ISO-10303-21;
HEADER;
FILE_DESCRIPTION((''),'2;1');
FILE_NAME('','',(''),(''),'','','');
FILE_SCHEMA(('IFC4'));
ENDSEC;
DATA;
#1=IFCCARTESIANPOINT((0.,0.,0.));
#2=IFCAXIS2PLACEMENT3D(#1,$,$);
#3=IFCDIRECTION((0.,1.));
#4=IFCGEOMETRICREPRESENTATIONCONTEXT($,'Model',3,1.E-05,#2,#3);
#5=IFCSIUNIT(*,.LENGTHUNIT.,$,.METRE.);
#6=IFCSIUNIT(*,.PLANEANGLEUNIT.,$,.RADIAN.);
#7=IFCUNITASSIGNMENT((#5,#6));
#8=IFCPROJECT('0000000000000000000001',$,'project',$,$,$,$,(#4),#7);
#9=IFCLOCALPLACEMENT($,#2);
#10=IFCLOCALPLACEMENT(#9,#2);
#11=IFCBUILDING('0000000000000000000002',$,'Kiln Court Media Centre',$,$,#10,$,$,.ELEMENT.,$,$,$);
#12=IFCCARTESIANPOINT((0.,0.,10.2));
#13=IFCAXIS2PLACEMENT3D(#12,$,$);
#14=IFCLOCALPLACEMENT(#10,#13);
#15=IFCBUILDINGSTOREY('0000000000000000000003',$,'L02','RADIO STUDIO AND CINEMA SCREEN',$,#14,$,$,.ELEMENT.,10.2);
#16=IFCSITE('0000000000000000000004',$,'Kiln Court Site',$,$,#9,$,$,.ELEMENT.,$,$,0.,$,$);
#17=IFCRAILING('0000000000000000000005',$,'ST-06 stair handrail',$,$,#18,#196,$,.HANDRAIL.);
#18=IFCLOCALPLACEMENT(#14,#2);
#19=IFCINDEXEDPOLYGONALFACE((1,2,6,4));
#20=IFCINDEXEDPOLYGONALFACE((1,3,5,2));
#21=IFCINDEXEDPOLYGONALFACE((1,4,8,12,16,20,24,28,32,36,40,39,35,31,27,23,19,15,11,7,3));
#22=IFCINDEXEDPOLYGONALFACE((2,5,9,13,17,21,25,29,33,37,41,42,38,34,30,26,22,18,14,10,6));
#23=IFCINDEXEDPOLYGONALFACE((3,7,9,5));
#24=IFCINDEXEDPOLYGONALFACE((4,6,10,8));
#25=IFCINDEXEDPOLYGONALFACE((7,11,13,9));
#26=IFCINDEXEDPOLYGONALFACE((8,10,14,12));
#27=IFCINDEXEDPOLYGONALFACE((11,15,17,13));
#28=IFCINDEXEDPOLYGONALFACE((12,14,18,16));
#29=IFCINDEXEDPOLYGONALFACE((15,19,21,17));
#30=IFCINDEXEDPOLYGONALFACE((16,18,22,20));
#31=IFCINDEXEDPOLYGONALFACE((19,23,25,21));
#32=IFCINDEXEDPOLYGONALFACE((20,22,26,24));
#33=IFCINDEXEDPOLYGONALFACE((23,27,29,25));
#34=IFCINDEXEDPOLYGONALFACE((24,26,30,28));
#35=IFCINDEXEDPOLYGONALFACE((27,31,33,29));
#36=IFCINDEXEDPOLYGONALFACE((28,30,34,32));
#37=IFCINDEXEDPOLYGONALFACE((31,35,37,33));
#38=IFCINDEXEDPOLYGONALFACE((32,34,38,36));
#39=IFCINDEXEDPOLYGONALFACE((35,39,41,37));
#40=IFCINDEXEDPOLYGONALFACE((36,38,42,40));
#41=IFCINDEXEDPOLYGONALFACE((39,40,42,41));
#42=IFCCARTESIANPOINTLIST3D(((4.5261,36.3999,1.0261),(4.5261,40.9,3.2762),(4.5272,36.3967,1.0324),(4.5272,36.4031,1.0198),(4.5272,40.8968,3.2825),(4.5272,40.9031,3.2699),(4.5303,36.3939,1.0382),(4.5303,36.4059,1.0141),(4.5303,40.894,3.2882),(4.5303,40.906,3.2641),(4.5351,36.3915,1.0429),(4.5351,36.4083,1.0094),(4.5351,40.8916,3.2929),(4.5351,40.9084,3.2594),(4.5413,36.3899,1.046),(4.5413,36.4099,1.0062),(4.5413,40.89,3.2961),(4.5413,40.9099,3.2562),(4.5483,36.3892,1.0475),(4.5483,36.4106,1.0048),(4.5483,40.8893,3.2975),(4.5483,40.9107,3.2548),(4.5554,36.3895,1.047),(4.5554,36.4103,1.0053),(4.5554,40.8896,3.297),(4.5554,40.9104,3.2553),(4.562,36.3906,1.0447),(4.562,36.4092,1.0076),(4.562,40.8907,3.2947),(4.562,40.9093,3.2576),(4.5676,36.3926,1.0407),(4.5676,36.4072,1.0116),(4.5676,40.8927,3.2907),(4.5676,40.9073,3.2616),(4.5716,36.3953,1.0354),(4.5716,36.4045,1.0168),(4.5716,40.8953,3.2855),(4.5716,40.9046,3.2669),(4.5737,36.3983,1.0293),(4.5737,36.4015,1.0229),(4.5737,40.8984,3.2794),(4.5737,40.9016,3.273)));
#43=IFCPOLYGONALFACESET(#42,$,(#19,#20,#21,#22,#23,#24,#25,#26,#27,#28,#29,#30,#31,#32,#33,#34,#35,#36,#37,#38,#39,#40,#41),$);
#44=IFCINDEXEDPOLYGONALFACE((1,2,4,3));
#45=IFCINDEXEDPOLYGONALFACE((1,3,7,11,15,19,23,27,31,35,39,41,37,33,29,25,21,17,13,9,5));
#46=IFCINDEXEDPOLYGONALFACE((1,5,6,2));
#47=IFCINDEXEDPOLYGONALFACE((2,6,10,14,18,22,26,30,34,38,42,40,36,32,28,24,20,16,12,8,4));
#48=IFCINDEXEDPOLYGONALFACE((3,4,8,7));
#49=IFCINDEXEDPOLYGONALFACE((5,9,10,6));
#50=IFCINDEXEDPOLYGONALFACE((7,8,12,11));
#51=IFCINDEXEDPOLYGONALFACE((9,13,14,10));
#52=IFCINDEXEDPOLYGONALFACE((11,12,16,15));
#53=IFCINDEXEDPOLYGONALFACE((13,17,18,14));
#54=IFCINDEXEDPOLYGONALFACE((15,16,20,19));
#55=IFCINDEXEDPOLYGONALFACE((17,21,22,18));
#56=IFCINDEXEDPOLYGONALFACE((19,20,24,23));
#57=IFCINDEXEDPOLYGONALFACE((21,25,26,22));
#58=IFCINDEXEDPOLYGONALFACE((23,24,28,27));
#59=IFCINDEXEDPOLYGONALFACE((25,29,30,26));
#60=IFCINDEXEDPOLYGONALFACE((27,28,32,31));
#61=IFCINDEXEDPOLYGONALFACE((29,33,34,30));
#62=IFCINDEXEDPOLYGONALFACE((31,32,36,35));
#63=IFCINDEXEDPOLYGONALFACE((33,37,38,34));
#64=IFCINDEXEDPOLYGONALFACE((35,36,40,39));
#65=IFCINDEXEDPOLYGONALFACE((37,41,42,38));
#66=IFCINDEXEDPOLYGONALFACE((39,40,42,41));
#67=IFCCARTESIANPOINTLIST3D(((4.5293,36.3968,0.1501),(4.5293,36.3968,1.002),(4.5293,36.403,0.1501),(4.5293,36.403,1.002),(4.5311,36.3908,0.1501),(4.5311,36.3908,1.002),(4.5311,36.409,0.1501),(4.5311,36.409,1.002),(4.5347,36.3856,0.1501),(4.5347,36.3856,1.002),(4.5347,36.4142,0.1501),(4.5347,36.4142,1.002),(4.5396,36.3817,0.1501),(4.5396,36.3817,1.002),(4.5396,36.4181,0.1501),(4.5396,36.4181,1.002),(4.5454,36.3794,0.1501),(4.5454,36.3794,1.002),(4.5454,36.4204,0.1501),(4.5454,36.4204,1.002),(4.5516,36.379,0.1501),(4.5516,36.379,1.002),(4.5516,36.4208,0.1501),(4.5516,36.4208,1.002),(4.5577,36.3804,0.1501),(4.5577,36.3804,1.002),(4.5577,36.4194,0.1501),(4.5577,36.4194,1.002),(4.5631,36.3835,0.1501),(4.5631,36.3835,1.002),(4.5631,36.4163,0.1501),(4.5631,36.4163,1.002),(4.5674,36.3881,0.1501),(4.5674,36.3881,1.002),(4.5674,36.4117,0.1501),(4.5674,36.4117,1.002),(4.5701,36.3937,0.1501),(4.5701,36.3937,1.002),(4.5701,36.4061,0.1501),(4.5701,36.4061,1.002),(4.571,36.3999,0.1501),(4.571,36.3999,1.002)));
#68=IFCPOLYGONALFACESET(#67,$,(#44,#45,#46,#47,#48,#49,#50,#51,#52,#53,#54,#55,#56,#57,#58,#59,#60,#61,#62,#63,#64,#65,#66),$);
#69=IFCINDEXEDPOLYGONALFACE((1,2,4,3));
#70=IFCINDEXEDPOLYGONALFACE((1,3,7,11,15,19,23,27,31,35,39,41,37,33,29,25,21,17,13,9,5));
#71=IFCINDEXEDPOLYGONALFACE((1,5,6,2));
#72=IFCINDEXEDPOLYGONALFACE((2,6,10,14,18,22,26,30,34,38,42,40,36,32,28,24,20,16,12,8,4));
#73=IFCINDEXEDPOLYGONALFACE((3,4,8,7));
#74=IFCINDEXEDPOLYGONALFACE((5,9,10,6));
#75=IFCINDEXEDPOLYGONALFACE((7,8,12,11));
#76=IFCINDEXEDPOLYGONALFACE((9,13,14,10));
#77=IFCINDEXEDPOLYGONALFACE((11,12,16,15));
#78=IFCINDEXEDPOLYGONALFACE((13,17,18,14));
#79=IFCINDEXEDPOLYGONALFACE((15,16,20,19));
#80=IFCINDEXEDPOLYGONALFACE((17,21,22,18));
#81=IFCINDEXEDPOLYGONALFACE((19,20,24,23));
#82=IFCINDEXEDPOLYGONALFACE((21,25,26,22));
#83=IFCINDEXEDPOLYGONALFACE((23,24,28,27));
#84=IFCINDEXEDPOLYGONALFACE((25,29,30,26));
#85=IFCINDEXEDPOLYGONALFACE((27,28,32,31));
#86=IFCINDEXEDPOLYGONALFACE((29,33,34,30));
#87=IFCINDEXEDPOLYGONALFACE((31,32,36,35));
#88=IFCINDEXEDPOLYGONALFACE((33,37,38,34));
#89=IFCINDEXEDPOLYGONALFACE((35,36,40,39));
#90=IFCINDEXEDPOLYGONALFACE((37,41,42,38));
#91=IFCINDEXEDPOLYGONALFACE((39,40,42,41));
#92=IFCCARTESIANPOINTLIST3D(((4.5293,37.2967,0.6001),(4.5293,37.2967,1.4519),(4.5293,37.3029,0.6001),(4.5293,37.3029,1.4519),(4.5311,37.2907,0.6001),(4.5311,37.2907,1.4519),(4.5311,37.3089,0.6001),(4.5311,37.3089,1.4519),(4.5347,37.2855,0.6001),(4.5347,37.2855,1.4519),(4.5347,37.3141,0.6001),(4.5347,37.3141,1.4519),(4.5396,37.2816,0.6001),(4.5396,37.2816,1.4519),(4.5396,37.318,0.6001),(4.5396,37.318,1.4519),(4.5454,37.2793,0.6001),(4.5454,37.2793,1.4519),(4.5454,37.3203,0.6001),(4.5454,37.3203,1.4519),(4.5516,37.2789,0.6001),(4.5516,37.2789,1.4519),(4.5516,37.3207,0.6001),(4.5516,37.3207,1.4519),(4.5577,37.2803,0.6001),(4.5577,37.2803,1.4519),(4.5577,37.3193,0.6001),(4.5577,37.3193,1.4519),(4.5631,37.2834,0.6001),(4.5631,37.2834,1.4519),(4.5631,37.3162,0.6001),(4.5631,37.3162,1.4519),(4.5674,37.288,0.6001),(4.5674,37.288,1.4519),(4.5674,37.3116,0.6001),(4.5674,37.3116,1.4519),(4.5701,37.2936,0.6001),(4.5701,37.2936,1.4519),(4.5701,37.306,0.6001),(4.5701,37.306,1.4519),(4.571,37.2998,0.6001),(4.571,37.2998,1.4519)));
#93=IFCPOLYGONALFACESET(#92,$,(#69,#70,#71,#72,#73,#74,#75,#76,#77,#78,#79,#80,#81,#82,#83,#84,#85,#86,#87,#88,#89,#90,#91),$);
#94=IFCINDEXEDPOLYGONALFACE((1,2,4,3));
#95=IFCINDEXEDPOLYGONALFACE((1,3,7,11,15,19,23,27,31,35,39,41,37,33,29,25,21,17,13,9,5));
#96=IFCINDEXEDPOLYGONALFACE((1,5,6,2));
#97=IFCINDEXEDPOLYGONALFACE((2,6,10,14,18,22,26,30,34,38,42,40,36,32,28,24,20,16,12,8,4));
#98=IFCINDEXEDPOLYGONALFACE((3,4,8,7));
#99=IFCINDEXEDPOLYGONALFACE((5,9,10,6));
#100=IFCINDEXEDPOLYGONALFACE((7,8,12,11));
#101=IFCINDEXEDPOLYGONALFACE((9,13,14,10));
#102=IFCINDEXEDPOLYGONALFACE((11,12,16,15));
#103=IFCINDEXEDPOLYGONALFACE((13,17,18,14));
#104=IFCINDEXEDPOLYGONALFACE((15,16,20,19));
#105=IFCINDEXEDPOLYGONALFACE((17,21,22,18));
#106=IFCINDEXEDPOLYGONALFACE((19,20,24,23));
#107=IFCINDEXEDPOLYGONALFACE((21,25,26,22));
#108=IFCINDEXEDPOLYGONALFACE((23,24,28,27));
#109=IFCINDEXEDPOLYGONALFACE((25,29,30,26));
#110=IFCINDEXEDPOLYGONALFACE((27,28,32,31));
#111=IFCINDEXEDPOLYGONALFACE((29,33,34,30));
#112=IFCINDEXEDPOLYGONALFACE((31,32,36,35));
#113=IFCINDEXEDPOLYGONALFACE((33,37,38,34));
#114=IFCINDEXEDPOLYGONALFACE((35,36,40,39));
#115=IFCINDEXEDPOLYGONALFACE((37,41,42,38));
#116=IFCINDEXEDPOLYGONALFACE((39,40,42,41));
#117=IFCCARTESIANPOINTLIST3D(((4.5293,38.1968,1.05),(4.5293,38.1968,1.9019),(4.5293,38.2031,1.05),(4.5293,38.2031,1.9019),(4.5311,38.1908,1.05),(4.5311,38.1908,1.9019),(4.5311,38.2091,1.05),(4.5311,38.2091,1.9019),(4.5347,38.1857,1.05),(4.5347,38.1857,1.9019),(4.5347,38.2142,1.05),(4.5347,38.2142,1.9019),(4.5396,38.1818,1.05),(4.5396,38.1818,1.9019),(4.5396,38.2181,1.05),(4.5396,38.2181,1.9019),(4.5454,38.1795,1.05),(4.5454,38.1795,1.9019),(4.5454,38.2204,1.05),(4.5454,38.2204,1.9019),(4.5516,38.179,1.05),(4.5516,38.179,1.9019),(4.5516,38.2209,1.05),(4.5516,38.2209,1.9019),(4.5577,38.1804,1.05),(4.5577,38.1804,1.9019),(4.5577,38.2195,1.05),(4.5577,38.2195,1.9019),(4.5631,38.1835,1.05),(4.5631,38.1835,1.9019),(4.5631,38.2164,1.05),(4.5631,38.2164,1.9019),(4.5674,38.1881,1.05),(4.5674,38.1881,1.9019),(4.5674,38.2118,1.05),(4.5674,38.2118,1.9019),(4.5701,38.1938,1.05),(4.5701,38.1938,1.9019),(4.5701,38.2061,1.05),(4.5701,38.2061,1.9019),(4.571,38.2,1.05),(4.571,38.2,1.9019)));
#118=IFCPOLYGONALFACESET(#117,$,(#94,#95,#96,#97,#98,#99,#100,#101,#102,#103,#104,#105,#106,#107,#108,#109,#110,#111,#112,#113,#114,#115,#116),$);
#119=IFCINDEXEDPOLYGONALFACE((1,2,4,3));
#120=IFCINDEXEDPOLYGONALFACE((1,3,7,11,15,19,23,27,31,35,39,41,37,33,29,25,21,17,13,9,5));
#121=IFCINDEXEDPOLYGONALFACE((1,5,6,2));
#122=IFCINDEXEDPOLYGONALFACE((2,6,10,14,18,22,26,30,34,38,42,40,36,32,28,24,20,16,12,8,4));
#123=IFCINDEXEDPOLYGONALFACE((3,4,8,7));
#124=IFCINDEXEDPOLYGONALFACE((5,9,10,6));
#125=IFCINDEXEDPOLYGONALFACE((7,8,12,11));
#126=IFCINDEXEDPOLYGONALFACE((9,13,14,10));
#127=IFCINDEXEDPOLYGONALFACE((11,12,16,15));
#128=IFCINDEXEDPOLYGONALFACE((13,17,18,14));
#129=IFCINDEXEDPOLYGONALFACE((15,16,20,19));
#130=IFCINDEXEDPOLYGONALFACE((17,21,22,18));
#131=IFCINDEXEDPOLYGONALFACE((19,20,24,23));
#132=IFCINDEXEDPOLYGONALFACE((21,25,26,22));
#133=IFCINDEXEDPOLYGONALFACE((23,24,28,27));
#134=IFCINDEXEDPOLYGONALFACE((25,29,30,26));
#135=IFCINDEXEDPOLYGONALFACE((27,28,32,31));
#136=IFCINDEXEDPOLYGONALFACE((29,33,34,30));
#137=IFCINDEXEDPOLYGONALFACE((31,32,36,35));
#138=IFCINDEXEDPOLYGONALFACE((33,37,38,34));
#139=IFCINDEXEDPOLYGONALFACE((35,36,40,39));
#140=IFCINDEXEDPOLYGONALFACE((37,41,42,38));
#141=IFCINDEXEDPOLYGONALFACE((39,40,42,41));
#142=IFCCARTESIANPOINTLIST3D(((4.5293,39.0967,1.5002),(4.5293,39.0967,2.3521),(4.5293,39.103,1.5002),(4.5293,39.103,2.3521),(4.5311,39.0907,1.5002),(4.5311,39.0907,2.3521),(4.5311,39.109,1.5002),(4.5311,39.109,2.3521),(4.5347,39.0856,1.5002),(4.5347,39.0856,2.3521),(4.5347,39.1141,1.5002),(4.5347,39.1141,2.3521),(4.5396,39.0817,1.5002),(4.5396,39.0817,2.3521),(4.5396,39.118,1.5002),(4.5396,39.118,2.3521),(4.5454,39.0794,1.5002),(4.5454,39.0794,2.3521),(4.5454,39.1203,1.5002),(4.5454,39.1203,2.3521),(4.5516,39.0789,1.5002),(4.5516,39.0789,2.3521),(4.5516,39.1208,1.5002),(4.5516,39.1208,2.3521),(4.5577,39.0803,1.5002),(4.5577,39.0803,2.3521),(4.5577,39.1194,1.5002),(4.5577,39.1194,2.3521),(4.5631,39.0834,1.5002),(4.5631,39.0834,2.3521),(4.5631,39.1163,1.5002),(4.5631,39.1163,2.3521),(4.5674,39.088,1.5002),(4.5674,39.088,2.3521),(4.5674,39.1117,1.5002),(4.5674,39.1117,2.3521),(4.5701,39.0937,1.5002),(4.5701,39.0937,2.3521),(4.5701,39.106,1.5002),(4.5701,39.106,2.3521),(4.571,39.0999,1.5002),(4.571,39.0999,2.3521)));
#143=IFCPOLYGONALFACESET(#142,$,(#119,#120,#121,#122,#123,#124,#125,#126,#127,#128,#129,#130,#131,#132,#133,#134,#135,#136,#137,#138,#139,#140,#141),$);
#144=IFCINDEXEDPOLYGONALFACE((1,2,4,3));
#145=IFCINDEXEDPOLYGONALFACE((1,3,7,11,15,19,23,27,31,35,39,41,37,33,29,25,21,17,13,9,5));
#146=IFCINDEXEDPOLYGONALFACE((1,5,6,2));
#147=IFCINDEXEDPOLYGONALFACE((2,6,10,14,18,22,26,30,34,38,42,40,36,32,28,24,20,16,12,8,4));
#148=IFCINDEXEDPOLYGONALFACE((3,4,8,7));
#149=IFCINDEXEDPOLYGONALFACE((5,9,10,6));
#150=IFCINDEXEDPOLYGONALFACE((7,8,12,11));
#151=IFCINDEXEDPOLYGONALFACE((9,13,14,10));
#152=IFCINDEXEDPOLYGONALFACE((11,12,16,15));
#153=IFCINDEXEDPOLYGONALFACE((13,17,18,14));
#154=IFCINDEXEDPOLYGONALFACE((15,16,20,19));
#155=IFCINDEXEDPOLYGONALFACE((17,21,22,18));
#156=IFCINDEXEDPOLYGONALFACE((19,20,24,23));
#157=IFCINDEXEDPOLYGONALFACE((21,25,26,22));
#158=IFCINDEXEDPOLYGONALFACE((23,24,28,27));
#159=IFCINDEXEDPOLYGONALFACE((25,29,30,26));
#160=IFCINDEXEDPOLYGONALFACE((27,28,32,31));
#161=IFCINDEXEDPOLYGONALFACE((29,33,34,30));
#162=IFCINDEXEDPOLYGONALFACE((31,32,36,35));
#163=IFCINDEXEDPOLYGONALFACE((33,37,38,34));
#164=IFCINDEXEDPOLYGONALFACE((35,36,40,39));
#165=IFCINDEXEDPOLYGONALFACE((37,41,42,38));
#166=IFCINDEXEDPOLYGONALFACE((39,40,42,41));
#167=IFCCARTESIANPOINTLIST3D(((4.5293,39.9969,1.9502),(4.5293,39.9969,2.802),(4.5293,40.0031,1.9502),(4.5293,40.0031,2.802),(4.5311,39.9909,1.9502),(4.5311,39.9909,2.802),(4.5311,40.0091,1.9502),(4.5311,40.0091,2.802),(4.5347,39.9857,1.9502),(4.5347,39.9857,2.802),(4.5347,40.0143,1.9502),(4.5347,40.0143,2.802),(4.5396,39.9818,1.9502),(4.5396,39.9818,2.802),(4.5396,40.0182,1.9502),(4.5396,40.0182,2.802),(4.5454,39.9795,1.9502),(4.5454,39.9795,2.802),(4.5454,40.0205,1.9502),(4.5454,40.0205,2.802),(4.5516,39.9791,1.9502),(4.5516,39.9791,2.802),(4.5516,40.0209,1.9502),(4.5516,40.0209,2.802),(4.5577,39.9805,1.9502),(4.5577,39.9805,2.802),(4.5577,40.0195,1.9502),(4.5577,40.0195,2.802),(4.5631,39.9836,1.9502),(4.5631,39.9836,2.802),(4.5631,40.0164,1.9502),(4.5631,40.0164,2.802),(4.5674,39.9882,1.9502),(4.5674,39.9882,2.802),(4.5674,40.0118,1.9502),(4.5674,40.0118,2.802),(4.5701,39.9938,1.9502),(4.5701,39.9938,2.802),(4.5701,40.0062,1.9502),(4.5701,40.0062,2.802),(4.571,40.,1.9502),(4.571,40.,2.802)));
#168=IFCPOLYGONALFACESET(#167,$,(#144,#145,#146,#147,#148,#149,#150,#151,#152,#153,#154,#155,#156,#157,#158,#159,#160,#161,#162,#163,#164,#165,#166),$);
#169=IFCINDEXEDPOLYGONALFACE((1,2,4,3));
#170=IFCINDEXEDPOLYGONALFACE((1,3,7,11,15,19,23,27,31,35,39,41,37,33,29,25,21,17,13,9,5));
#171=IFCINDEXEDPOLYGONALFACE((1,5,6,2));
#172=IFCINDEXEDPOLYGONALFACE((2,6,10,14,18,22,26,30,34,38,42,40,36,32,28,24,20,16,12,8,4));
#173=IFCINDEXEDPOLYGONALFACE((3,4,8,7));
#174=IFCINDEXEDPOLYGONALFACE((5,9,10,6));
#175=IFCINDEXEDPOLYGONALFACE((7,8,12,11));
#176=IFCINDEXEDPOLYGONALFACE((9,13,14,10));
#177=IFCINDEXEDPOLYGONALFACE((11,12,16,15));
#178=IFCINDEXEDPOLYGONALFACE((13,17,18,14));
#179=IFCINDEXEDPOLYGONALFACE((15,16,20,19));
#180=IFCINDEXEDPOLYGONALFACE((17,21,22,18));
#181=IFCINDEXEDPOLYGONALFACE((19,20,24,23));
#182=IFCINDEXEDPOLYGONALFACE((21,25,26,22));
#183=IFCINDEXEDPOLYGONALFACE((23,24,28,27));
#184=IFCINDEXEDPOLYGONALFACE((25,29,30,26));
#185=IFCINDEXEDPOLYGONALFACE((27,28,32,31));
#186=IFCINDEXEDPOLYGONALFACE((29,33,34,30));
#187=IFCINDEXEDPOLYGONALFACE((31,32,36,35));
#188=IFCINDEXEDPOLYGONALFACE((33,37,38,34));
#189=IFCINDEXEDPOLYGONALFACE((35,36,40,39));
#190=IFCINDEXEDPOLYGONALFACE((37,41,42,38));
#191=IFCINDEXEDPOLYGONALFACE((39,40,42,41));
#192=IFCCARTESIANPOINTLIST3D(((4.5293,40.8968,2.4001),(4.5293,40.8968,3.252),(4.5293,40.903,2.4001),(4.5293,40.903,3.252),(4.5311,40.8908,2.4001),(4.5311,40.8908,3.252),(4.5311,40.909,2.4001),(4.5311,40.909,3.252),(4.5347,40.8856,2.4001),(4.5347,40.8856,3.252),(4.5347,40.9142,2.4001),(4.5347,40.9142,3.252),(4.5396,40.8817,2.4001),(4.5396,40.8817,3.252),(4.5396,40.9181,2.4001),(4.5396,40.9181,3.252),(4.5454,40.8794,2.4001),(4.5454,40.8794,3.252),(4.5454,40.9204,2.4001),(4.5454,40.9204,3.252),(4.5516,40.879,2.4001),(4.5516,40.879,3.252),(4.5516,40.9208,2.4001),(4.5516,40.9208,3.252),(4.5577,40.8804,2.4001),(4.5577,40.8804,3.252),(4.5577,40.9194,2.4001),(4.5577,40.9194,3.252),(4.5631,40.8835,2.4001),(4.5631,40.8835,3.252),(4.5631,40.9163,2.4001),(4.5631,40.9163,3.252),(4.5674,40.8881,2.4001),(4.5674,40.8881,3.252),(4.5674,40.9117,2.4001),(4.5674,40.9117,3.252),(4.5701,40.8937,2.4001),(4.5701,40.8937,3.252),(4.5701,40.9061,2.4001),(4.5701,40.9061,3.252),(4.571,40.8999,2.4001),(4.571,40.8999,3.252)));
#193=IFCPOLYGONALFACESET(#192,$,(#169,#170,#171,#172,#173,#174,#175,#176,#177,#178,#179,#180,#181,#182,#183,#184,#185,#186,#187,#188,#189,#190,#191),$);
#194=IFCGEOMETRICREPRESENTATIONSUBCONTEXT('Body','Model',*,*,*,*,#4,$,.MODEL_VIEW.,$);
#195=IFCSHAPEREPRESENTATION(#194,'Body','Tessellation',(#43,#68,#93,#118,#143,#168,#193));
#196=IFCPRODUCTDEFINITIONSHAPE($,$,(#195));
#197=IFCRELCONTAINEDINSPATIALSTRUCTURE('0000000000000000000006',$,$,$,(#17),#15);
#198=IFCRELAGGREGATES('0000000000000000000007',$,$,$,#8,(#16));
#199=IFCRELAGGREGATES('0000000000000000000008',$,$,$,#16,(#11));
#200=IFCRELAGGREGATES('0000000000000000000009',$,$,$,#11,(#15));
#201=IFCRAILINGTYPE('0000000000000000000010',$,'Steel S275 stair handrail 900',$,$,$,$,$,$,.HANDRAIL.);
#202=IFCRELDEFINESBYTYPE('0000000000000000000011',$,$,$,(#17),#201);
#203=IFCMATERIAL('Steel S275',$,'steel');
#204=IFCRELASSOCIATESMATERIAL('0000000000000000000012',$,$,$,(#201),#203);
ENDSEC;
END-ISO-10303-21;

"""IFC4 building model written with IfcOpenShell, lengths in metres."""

from ifc_helpers import new_model, si_unit, direction, frame, origin, origin_2d, place, context, subcontext, project, spatial, circle, extrude, material, type_object, element, save


model = new_model("IFC4")

# Units and contexts
model_context = context("Model", 3, precision=1e-05, world=origin(), true_north=direction((0.0, 1.0)))
body_context = subcontext(model_context, "Body", "Model", "MODEL_VIEW")
ifc_project = project(units=[si_unit("LENGTHUNIT", "METRE"), si_unit("PLANEANGLEUNIT", "RADIAN")], contexts=[model_context])

# Site, building, storey
site_placement = place(None, origin())
site = spatial("IfcSite", under=ifc_project, at=site_placement, Name="Kiln Court Site", CompositionType="ELEMENT", RefElevation=0.0)
building_placement = place(site_placement, origin())
building = spatial("IfcBuilding", under=site, at=building_placement, Name="Kiln Court Media Centre", CompositionType="ELEMENT")
storey_placement = place(building_placement, frame((0.0, 0.0, 10.2)))
storey = spatial("IfcBuildingStorey", under=building, at=storey_placement, Name="L02", Description="RADIO STUDIO AND CINEMA SCREEN", CompositionType="ELEMENT", Elevation=10.2)

# Railing
ifc_material_1 = material(Name="Steel S275", Category="steel")
railing_type_1 = type_object("IfcRailingType", Name="Steel S275 stair handrail 900", PredefinedType="HANDRAIL", material=ifc_material_1)
railing_1_placement = place(storey_placement, frame((4.55, 36.3999, 0.1501)))
element("IfcRailing", 1, at=railing_1_placement, inside=storey, type_object=railing_type_1, Name="ST-06 stair handrail", PredefinedType="HANDRAIL", context=body_context, shape_type="SweptSolid", body=[
    extrude(circle(Radius=0.0239, at=origin_2d()), frame((0.0, 0.0, 0.876), z_axis=(0.0, 0.894427, 0.447214), x_axis=(-1.0, 0.0, 0.0)), (0.0, 0.0, 1.0), 5.0312),
    extrude(circle(Radius=0.021, at=origin_2d()), origin(), (0.0, 0.0, 1.0), 0.8518),
    extrude(circle(Radius=0.021, at=origin_2d()), frame((0.0, 0.8999, 0.45)), (0.0, 0.0, 1.0), 0.8518),
    extrude(circle(Radius=0.021, at=origin_2d()), frame((0.0, 1.8, 0.8999)), (0.0, 0.0, 1.0), 0.8518),
    extrude(circle(Radius=0.021, at=origin_2d()), frame((0.0, 2.7, 1.3501)), (0.0, 0.0, 1.0), 0.8518),
    extrude(circle(Radius=0.021, at=origin_2d()), frame((0.0, 3.6001, 1.8)), (0.0, 0.0, 1.0), 0.8518),
    extrude(circle(Radius=0.021, at=origin_2d()), frame((0.0, 4.5, 2.25)), (0.0, 0.0, 1.0), 0.8518),
])

save(model, "model.ifc")
